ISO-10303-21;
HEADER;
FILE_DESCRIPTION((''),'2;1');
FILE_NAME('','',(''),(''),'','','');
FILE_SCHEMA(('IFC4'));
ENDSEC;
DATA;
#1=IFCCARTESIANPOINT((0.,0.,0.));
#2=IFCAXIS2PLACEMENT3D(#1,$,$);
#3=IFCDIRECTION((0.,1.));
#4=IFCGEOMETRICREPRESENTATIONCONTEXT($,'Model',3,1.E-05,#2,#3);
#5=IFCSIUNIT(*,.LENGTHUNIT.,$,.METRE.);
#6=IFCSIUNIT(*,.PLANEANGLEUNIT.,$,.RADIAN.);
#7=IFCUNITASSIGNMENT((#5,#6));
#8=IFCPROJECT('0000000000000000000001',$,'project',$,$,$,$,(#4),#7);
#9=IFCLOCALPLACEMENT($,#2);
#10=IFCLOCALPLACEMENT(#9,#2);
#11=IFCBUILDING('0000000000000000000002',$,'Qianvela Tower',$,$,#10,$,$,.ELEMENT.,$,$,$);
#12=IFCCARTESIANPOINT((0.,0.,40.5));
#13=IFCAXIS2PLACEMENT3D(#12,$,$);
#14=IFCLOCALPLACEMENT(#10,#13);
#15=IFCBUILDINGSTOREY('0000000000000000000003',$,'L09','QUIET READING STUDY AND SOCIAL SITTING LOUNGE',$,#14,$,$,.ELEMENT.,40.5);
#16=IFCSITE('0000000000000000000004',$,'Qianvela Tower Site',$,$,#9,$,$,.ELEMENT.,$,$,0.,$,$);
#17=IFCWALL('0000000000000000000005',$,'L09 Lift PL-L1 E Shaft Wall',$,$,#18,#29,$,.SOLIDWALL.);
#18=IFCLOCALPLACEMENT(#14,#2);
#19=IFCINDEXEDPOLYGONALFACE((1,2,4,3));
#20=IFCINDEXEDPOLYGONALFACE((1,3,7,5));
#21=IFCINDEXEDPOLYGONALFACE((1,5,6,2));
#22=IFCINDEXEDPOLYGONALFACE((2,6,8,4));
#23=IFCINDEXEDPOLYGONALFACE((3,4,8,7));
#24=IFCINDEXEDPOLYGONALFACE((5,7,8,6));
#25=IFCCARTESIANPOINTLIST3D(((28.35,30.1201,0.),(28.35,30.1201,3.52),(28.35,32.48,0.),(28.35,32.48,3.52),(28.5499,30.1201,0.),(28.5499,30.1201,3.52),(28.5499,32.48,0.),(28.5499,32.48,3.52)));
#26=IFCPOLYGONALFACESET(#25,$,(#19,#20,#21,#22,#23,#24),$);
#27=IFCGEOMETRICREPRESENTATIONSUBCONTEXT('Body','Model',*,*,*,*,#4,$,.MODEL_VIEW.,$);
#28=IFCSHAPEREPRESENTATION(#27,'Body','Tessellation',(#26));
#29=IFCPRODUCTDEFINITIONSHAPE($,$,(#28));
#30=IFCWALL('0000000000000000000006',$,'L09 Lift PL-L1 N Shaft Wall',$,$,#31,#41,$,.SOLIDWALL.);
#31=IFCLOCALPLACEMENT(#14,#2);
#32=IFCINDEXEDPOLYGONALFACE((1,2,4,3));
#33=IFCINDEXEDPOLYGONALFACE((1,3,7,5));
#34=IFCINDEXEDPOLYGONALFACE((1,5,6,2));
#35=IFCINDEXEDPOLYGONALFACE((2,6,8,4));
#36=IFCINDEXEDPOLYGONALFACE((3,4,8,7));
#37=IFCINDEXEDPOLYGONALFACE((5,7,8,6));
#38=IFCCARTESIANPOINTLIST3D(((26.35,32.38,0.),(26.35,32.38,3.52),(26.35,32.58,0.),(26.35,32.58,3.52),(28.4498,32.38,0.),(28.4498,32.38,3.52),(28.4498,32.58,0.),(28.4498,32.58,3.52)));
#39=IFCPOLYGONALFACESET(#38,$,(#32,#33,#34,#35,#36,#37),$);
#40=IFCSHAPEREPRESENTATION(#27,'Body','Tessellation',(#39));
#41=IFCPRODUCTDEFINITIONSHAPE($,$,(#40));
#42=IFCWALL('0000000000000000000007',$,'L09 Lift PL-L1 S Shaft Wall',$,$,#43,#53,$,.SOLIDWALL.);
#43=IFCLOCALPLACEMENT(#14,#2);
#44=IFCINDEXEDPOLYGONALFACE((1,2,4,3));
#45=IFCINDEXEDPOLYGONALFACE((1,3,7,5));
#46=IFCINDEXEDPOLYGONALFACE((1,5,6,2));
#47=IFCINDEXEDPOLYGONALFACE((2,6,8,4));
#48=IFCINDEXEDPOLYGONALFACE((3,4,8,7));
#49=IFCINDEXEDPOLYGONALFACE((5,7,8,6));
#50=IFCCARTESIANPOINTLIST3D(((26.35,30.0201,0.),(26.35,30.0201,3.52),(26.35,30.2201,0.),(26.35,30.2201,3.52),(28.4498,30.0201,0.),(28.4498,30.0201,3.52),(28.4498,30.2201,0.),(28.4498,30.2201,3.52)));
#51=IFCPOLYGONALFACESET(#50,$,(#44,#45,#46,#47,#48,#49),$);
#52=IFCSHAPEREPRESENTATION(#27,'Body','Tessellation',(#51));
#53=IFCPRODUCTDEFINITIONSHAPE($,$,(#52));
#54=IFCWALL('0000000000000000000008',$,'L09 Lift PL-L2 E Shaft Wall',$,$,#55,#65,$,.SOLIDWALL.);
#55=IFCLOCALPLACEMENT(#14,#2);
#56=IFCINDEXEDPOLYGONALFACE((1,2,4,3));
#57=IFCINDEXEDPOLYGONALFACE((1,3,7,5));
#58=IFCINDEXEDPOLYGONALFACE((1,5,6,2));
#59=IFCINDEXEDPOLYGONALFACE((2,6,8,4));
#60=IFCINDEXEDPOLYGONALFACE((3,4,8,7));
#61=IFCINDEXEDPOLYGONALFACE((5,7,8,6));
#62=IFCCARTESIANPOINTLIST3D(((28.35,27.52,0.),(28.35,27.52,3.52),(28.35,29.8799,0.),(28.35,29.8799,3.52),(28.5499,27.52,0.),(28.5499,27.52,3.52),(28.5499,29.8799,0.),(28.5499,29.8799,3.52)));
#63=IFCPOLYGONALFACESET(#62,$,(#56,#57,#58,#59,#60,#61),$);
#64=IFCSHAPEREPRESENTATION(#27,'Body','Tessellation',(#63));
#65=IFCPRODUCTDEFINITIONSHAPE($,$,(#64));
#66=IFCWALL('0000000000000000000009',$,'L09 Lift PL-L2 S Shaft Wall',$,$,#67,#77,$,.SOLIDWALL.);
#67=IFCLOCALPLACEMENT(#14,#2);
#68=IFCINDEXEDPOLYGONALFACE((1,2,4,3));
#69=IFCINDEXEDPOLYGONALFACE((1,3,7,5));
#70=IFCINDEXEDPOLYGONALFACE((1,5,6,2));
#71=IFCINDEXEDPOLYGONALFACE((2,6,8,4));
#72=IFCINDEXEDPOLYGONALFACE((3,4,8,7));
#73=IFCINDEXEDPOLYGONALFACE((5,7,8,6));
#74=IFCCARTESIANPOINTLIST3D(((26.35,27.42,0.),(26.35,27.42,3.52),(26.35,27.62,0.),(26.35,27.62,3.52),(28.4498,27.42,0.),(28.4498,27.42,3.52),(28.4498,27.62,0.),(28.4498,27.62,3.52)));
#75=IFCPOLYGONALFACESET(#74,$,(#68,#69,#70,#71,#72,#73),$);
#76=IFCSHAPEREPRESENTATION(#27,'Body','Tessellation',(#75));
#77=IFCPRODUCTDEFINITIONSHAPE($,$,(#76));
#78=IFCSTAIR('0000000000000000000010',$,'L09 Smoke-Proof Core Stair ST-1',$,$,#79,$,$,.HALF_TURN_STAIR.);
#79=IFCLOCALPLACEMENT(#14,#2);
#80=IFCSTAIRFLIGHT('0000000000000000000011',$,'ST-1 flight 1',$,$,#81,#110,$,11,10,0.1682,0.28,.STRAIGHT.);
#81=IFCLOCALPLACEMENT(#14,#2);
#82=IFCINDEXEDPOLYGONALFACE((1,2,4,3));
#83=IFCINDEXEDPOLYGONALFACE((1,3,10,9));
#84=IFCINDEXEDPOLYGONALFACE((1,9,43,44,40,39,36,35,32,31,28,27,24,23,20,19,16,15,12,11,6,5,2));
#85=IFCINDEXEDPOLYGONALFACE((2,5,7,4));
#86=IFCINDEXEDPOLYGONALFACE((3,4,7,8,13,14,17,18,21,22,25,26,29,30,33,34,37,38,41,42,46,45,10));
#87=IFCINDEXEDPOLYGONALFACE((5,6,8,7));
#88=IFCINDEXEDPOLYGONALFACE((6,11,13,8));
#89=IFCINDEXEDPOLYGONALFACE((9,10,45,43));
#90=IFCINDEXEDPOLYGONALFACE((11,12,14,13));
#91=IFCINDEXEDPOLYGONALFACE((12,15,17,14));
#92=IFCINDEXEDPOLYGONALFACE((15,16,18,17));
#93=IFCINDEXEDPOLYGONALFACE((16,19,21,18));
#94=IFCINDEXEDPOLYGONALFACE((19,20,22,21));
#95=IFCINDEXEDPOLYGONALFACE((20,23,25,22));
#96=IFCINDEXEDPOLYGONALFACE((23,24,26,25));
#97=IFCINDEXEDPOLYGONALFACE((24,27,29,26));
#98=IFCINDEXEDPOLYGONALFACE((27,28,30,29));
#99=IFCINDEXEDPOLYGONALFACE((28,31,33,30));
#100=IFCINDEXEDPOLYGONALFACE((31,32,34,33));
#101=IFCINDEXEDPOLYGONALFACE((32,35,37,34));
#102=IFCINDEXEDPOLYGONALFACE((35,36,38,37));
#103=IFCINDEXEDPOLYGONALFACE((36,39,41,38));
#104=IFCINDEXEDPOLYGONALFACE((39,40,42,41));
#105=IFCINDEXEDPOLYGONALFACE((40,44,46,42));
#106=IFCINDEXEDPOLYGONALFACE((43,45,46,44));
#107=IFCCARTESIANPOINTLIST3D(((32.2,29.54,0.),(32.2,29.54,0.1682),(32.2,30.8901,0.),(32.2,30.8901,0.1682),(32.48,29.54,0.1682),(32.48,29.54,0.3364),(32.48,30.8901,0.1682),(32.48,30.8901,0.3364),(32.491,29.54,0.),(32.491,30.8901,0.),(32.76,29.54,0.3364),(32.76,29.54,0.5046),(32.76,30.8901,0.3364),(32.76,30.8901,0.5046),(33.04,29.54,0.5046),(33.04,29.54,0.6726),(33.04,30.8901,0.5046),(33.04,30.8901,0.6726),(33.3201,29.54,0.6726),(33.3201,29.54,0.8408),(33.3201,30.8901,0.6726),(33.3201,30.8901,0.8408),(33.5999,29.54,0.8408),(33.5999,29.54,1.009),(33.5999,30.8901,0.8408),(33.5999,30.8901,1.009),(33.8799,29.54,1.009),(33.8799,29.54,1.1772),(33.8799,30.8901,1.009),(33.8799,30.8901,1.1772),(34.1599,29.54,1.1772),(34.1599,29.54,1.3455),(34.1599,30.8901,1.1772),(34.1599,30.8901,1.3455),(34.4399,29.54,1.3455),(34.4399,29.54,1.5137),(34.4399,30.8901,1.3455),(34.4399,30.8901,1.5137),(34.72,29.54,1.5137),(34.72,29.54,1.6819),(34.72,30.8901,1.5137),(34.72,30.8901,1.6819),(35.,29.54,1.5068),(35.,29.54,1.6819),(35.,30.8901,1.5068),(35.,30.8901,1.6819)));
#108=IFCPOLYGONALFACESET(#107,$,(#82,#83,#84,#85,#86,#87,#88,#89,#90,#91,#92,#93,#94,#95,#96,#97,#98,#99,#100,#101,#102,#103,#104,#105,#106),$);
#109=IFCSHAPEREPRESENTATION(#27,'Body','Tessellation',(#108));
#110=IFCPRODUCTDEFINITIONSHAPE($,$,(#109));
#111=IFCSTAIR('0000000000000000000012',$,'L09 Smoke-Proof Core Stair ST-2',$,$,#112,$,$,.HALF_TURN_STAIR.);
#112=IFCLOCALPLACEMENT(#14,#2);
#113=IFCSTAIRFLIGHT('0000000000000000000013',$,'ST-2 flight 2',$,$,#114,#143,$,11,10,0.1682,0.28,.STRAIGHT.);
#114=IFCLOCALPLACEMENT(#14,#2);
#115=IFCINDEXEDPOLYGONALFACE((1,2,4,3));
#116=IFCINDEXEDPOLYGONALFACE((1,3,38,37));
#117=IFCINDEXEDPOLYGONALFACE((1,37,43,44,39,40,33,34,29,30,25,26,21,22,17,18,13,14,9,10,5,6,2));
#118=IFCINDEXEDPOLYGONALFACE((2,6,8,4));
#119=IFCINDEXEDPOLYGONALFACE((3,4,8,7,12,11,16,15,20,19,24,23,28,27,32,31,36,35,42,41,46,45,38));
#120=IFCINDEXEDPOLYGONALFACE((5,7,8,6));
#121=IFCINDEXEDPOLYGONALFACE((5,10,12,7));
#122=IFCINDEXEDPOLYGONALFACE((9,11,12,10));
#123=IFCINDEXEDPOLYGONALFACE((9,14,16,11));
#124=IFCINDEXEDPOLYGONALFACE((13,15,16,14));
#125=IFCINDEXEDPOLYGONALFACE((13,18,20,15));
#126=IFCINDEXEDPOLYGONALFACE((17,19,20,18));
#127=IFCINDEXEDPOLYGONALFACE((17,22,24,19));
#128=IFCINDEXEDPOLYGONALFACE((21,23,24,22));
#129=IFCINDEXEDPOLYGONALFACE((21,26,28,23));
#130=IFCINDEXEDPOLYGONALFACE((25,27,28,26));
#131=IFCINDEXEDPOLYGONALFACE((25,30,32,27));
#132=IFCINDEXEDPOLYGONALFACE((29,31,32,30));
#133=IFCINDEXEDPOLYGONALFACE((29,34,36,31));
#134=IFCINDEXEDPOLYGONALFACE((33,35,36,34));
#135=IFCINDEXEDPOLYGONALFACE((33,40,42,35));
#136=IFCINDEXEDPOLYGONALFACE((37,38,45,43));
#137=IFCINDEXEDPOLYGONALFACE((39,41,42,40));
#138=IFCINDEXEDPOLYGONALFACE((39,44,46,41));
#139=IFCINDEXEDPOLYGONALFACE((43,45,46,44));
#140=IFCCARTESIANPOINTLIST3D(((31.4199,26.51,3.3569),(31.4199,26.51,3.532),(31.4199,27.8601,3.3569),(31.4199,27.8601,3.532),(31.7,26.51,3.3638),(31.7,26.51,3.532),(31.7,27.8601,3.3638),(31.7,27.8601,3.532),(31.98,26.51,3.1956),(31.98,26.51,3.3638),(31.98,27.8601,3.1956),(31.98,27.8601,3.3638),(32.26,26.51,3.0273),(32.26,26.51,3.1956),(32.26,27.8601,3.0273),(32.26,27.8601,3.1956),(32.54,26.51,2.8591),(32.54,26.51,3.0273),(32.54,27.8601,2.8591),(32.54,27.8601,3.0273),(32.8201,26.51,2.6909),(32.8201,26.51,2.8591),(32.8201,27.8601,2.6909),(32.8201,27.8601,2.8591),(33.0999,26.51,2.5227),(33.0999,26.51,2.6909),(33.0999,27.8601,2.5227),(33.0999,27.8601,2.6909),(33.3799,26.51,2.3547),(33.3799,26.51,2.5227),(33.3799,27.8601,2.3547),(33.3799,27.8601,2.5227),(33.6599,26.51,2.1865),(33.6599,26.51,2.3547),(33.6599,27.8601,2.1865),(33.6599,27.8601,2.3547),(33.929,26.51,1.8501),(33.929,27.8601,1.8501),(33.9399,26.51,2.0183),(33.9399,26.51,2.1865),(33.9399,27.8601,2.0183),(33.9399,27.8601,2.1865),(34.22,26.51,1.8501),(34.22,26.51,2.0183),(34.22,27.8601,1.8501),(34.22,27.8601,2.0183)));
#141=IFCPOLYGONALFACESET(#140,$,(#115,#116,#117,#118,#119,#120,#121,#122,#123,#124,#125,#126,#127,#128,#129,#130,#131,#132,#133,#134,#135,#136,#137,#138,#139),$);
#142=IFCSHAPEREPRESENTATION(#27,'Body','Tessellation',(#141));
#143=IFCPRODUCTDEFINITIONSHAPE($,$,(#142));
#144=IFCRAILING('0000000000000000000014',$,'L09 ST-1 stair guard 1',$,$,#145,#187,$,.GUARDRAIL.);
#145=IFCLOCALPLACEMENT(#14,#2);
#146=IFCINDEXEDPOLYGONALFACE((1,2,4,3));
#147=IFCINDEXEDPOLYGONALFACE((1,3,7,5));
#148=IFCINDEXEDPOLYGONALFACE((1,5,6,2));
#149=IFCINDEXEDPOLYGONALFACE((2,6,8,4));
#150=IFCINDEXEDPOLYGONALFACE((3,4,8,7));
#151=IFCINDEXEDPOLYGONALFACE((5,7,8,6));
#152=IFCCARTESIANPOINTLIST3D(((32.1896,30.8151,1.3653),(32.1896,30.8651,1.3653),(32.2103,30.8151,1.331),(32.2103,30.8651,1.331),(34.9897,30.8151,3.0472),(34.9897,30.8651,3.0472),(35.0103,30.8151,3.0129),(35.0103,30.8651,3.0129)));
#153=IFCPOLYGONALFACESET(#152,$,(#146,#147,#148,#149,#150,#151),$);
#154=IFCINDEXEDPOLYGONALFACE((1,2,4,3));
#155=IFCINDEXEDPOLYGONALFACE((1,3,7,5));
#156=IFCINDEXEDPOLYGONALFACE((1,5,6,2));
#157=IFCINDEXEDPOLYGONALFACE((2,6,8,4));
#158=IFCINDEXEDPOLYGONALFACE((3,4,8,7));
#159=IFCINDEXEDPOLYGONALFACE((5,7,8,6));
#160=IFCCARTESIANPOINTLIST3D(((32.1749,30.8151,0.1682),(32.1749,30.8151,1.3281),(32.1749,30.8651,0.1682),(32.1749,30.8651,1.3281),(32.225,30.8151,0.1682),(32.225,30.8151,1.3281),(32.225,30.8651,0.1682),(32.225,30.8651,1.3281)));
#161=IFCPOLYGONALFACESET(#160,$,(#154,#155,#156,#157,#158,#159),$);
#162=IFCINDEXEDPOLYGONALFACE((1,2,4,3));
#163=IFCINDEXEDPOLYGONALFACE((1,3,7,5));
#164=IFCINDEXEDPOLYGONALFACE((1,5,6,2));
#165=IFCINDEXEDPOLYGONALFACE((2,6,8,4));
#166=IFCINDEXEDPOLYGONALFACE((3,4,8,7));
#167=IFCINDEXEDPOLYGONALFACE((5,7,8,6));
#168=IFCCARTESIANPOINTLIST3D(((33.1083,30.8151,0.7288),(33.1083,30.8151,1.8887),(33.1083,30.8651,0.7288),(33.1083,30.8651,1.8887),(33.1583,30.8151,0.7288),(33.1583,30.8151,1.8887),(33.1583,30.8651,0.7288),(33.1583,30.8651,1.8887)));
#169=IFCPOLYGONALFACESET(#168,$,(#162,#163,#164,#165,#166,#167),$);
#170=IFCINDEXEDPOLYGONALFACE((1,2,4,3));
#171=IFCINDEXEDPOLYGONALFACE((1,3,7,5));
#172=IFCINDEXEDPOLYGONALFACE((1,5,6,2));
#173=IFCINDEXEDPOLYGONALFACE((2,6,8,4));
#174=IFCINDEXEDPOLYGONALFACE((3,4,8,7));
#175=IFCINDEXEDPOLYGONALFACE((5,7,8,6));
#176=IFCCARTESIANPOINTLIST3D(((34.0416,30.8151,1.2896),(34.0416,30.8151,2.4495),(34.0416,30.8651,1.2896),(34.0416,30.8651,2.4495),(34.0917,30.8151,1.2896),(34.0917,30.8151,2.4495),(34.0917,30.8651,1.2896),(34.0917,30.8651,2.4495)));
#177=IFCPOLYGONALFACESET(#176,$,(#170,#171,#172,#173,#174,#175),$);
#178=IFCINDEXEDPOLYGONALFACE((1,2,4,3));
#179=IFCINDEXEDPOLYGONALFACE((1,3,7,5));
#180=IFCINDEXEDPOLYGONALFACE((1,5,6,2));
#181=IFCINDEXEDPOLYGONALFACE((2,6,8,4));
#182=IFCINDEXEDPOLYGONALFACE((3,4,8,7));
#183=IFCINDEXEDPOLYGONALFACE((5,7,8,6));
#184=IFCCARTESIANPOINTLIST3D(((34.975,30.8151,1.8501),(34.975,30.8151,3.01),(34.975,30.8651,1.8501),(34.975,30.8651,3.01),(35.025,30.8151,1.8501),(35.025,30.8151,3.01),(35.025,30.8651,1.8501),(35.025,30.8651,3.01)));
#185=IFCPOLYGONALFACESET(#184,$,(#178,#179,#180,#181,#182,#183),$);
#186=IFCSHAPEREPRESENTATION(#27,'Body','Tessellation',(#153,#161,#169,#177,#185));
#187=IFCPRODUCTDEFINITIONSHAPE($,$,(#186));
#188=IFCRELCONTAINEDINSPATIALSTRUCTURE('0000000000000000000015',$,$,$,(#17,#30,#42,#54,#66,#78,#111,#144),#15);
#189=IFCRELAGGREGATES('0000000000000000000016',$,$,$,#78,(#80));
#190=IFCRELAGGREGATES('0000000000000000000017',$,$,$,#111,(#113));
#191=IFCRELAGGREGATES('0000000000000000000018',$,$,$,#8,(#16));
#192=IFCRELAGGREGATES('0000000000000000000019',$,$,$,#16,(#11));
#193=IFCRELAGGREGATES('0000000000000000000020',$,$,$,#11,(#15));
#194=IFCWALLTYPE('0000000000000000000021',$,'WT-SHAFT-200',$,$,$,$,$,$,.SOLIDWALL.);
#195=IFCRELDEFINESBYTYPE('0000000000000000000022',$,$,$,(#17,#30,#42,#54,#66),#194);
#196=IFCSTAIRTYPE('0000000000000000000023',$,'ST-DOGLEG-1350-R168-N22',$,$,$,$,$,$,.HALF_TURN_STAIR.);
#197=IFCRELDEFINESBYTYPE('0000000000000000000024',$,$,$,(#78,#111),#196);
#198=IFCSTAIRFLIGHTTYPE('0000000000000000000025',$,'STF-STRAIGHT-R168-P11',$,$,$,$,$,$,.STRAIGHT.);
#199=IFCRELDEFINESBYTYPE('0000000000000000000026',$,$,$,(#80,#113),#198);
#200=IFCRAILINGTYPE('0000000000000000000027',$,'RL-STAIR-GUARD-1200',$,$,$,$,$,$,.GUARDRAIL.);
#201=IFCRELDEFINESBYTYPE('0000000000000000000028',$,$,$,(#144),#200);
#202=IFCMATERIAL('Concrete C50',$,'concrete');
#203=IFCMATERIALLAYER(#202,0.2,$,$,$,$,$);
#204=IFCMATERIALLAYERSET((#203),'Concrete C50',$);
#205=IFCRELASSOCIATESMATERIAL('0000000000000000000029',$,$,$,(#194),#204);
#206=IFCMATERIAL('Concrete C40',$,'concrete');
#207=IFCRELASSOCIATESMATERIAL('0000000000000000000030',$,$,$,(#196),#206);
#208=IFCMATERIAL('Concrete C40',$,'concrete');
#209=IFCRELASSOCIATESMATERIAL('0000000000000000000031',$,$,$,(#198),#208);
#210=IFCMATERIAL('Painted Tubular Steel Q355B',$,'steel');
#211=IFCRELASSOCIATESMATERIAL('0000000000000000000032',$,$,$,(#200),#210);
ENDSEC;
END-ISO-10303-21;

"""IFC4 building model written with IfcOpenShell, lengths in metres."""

from ifc_helpers import new_model, si_unit, direction, frame, frame_2d, origin, origin_2d, place, context, subcontext, project, spatial, polyline, rectangle, outline, extrude, material, layer, layer_set, type_object, element, aggregate, save


model = new_model("IFC4")

# Units and contexts
model_context = context("Model", 3, precision=1e-05, world=origin(), true_north=direction((0.0, 1.0)))
body_context = subcontext(model_context, "Body", "Model", "MODEL_VIEW")
ifc_project = project(units=[si_unit("LENGTHUNIT", "METRE"), si_unit("PLANEANGLEUNIT", "RADIAN")], contexts=[model_context])

# Site, building, storey
site_placement = place(None, origin())
site = spatial("IfcSite", under=ifc_project, at=site_placement, Name="Qianvela Tower Site", CompositionType="ELEMENT", RefElevation=0.0)
building_placement = place(site_placement, origin())
building = spatial("IfcBuilding", under=site, at=building_placement, Name="Qianvela Tower", CompositionType="ELEMENT")
storey_placement = place(building_placement, frame((0.0, 0.0, 40.5)))
storey = spatial("IfcBuildingStorey", under=building, at=storey_placement, Name="L09", Description="QUIET READING STUDY AND SOCIAL SITTING LOUNGE", CompositionType="ELEMENT", Elevation=40.5)

# Wall
ifc_material_1 = material(Name="Concrete C50", Category="concrete")
ifc_layer_1 = layer(ifc_material_1, 0.2)
ifc_layer_set_1 = layer_set([ifc_layer_1], Name="Concrete C50")
wall_type_1 = type_object("IfcWallType", Name="WT-SHAFT-200", PredefinedType="SOLIDWALL", material=ifc_layer_set_1)
wall_1_placement = place(storey_placement, frame((28.45, 30.1201, 0.0), z_axis=(0.0, 0.0, 1.0), x_axis=(0.0, 1.0, 0.0)))
element("IfcWall", 1, at=wall_1_placement, inside=storey, type_object=wall_type_1, Name="L09 Lift PL-L1 E Shaft Wall", PredefinedType="SOLIDWALL", context=body_context, shape_type="SweptSolid", body=[
    extrude(rectangle(XDim=2.3599, YDim=0.2, at=frame_2d((1.1799, 0.0))), origin(), (0.0, 0.0, 1.0), 3.52),
])

# Walls
for number, where, z_axis, x_axis, name in (
    (2, (26.3501, 32.48, 0.0), (0.0, 0.0, 1.0), (1.0, 0.0, 0.0), "L09 Lift PL-L1 N Shaft Wall"),
    (3, (26.3501, 30.1201, 0.0), (0.0, 0.0, 1.0), (1.0, 0.0, 0.0), "L09 Lift PL-L1 S Shaft Wall"),
):
    element("IfcWall", number, at=place(storey_placement, frame(where, z_axis=z_axis, x_axis=x_axis)), inside=storey, type_object=wall_type_1, Name=name, PredefinedType="SOLIDWALL", context=body_context, shape_type="SweptSolid", body=[
        extrude(rectangle(XDim=2.0999, YDim=0.2, at=frame_2d((1.0498, 0.0))), origin(), (0.0, 0.0, 1.0), 3.52),
    ])
wall_2_placement = place(storey_placement, frame((28.45, 27.52, 0.0), z_axis=(0.0, 0.0, 1.0), x_axis=(0.0, 1.0, 0.0)))
element("IfcWall", 4, at=wall_2_placement, inside=storey, type_object=wall_type_1, Name="L09 Lift PL-L2 E Shaft Wall", PredefinedType="SOLIDWALL", context=body_context, shape_type="SweptSolid", body=[
    extrude(rectangle(XDim=2.3599, YDim=0.2, at=frame_2d((1.1799, 0.0))), origin(), (0.0, 0.0, 1.0), 3.52),
])

# Wall
wall_3_placement = place(storey_placement, frame((26.3501, 27.52, 0.0), z_axis=(0.0, 0.0, 1.0), x_axis=(1.0, 0.0, 0.0)))
element("IfcWall", 5, at=wall_3_placement, inside=storey, type_object=wall_type_1, Name="L09 Lift PL-L2 S Shaft Wall", PredefinedType="SOLIDWALL", context=body_context, shape_type="SweptSolid", body=[
    extrude(rectangle(XDim=2.0999, YDim=0.2, at=frame_2d((1.0498, 0.0))), origin(), (0.0, 0.0, 1.0), 3.52),
])

# Stairs, stair flights
ifc_material_2 = material(Name="Concrete C40", Category="concrete")
stair_type = type_object("IfcStairType", Name="ST-DOGLEG-1350-R168-N22", PredefinedType="HALF_TURN_STAIR", material=ifc_material_2)
stair_1_placement = place(storey_placement, origin())
stair_1 = element("IfcStair", 6, at=stair_1_placement, inside=storey, type_object=stair_type, Name="L09 Smoke-Proof Core Stair ST-1", PredefinedType="HALF_TURN_STAIR")
ifc_material_3 = material(Name="Concrete C40", Category="concrete")
stair_flight_type = type_object("IfcStairFlightType", Name="STF-STRAIGHT-R168-P11", PredefinedType="STRAIGHT", material=ifc_material_3)
stair_flight_1_placement = place(storey_placement, frame((32.2, 30.2151, 0.0), z_axis=(0.0, 0.0, 1.0), x_axis=(1.0, 0.0, 0.0)))
stair_flight_1 = element("IfcStairFlight", 7, at=stair_flight_1_placement, type_object=stair_flight_type, Name="ST-1 flight 1", NumberOfRisers=11, NumberOfTreads=10, PredefinedType="STRAIGHT", RiserHeight=0.1682, TreadLength=0.28, context=body_context, shape_type="SweptSolid", body=[
    extrude(outline(polyline([(0.0, 0.0), (0.0, 0.1682), (0.28, 0.1682), (0.28, 0.3364), (0.5601, 0.3364), (0.5601, 0.5046), (0.8401, 0.5046), (0.8401, 0.6726), (1.1201, 0.6726), (1.1201, 0.8408), (1.3999, 0.8408), (1.3999, 1.009), (1.6799, 1.009), (1.6799, 1.1772), (1.96, 1.1772), (1.96, 1.3455), (2.24, 1.3455), (2.24, 1.5137), (2.52, 1.5137), (2.52, 1.6819), (2.8, 1.6819), (2.8, 1.8501), (2.8, 1.5068), (0.291, 0.0), (0.0, 0.0)])), frame((0.0, 0.675, 0.0), z_axis=(0.0, -1.0, 0.0), x_axis=(1.0, 0.0, 0.0)), (0.0, 0.0, 1.0), 1.3501),
])
aggregate(stair_1, [stair_flight_1])
stair_2_placement = place(storey_placement, origin())
stair_2 = element("IfcStair", 8, at=stair_2_placement, inside=storey, type_object=stair_type, Name="L09 Smoke-Proof Core Stair ST-2", PredefinedType="HALF_TURN_STAIR")
stair_flight_2_placement = place(storey_placement, frame((34.22, 27.1851, 1.8501), z_axis=(0.0, 0.0, 1.0), x_axis=(-1.0, 0.0, 0.0)))
stair_flight_2 = element("IfcStairFlight", 9, at=stair_flight_2_placement, type_object=stair_flight_type, Name="ST-2 flight 2", NumberOfRisers=11, NumberOfTreads=10, PredefinedType="STRAIGHT", RiserHeight=0.1682, TreadLength=0.28, context=body_context, shape_type="SweptSolid", body=[
    extrude(outline(polyline([(0.0, 0.0), (0.0, 0.1682), (0.28, 0.1682), (0.28, 0.3364), (0.5601, 0.3364), (0.5601, 0.5046), (0.8401, 0.5046), (0.8401, 0.6726), (1.1201, 0.6726), (1.1201, 0.8408), (1.3999, 0.8408), (1.3999, 1.009), (1.6799, 1.009), (1.6799, 1.1772), (1.96, 1.1772), (1.96, 1.3455), (2.24, 1.3455), (2.24, 1.5137), (2.52, 1.5137), (2.52, 1.6819), (2.8, 1.6819), (2.8, 1.8501), (2.8, 1.5068), (0.291, 0.0), (0.0, 0.0)])), frame((0.0, 0.675, 0.0), z_axis=(0.0, -1.0, 0.0), x_axis=(1.0, 0.0, 0.0)), (0.0, 0.0, 1.0), 1.3501),
])
aggregate(stair_2, [stair_flight_2])

# Railing
ifc_material_4 = material(Name="Painted Tubular Steel Q355B", Category="steel")
railing_type_1 = type_object("IfcRailingType", Name="RL-STAIR-GUARD-1200", PredefinedType="GUARDRAIL", material=ifc_material_4)
railing_1_placement = place(storey_placement, frame((32.2, 30.8401, 0.1682)))
element("IfcRailing", 10, at=railing_1_placement, inside=storey, type_object=railing_type_1, Name="L09 ST-1 stair guard 1", PredefinedType="GUARDRAIL", context=body_context, shape_type="SweptSolid", body=[
    extrude(rectangle(XDim=0.05, YDim=0.04, at=origin_2d()), frame((0.0, 0.0, 1.1799), z_axis=(0.857242, 0.0, 0.514913), x_axis=(0.0, 1.0, 0.0)), (0.0, 0.0, 1.0), 3.2664),
    extrude(rectangle(XDim=0.05, YDim=0.05, at=origin_2d()), origin(), (0.0, 0.0, 1.0), 1.1599),
    extrude(rectangle(XDim=0.05, YDim=0.05, at=origin_2d()), frame((0.9333, 0.0, 0.5605)), (0.0, 0.0, 1.0), 1.1599),
    extrude(rectangle(XDim=0.05, YDim=0.05, at=origin_2d()), frame((1.8667, 0.0, 1.1213)), (0.0, 0.0, 1.0), 1.1599),
    extrude(rectangle(XDim=0.05, YDim=0.05, at=origin_2d()), frame((2.8, 0.0, 1.6819)), (0.0, 0.0, 1.0), 1.1599),
])

save(model, "model.ifc")
